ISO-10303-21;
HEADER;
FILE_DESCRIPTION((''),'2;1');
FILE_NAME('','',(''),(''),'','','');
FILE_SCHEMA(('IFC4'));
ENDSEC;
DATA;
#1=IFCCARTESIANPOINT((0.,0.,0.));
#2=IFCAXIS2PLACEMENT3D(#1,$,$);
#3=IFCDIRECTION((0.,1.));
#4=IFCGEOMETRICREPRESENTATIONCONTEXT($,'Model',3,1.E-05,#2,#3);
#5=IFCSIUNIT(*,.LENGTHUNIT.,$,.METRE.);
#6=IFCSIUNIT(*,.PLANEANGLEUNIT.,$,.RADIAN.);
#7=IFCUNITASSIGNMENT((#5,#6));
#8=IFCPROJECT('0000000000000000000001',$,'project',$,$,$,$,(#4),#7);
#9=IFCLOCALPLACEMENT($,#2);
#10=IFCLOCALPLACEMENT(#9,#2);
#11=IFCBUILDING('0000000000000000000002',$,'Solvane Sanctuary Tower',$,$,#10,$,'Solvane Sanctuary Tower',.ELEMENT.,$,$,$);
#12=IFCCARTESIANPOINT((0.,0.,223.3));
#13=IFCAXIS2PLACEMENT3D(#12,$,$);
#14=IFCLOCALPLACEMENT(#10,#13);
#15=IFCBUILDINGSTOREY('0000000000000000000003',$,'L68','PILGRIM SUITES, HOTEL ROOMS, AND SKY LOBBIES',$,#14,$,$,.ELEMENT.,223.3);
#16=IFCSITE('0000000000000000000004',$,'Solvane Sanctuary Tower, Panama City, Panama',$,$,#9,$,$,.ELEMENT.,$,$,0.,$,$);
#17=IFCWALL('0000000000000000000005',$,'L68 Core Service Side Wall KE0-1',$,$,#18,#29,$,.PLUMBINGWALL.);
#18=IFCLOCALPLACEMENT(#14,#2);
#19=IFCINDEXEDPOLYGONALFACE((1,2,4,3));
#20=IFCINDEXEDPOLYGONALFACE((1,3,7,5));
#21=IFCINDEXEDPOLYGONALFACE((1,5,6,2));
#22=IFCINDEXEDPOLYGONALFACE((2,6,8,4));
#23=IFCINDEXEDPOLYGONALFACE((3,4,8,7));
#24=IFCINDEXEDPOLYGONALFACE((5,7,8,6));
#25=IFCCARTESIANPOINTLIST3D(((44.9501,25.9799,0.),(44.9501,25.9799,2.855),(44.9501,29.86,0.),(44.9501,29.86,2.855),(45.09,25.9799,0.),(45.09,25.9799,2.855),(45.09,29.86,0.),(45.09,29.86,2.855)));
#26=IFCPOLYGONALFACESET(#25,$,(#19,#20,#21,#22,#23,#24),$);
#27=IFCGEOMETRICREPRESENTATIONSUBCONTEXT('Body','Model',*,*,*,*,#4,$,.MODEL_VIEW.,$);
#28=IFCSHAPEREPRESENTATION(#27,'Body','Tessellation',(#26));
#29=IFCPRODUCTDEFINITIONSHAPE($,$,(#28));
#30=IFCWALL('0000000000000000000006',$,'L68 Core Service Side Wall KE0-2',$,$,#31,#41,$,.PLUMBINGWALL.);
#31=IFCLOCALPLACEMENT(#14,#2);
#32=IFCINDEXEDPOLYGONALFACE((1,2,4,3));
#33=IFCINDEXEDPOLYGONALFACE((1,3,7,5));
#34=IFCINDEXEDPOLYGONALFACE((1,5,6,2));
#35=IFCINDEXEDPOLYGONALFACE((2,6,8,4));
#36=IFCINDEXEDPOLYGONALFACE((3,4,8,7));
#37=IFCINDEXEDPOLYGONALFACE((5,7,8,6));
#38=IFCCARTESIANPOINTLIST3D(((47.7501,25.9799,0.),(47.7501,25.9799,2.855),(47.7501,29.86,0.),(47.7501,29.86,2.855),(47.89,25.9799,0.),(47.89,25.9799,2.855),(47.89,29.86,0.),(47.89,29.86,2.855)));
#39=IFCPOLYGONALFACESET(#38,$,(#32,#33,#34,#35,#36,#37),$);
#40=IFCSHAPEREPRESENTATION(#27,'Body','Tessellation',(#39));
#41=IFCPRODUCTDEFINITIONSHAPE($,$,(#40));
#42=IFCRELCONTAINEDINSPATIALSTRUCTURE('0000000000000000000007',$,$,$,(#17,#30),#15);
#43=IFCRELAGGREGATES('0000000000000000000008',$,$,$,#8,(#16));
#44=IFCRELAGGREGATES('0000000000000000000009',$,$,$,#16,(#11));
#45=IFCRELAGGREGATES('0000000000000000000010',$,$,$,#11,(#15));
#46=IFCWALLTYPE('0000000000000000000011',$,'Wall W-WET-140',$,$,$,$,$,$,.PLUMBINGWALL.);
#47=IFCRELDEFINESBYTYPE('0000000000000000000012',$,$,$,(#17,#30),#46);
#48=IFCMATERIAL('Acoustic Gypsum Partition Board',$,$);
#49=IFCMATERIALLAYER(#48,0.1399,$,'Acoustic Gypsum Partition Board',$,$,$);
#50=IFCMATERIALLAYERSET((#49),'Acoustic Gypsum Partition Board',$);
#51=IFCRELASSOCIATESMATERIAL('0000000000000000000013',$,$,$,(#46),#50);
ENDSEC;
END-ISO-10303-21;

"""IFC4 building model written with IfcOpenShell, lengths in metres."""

from ifc_helpers import new_model, si_unit, direction, frame, frame_2d, origin, place, context, subcontext, project, spatial, rectangle, extrude, material, layer, layer_set, type_object, element, save


model = new_model("IFC4")

# Units and contexts
model_context = context("Model", 3, precision=1e-05, world=origin(), true_north=direction((0.0, 1.0)))
body_context = subcontext(model_context, "Body", "Model", "MODEL_VIEW")
ifc_project = project(units=[si_unit("LENGTHUNIT", "METRE"), si_unit("PLANEANGLEUNIT", "RADIAN")], contexts=[model_context])

# Site, building, storey
site_placement = place(None, origin())
site = spatial("IfcSite", under=ifc_project, at=site_placement, Name="Solvane Sanctuary Tower, Panama City, Panama", CompositionType="ELEMENT", RefElevation=0.0)
building_placement = place(site_placement, origin())
building = spatial("IfcBuilding", under=site, at=building_placement, Name="Solvane Sanctuary Tower", LongName="Solvane Sanctuary Tower", CompositionType="ELEMENT")
storey_placement = place(building_placement, frame((0.0, 0.0, 223.3)))
storey = spatial("IfcBuildingStorey", under=building, at=storey_placement, Name="L68", Description="PILGRIM SUITES, HOTEL ROOMS, AND SKY LOBBIES", CompositionType="ELEMENT", Elevation=223.3)

# Shared definitions
ifc_material_1 = material(Name="Acoustic Gypsum Partition Board")

# Shared definitions
ifc_layer_1 = layer(ifc_material_1, 0.1399, Name="Acoustic Gypsum Partition Board")
ifc_layer_set_1 = layer_set([ifc_layer_1], Name="Acoustic Gypsum Partition Board")
wall_type_1 = type_object("IfcWallType", Name="Wall W-WET-140", PredefinedType="PLUMBINGWALL", material=ifc_layer_set_1)

# Walls
for number, where, z_axis, x_axis, name in (
    (1, (45.02, 25.98, 0.0), (0.0, 0.0, 1.0), (0.0, 1.0, 0.0), "L68 Core Service Side Wall KE0-1"),
    (2, (47.8201, 25.98, 0.0), (0.0, 0.0, 1.0), (0.0, 1.0, 0.0), "L68 Core Service Side Wall KE0-2"),
):
    element("IfcWall", number, at=place(storey_placement, frame(where, z_axis=z_axis, x_axis=x_axis)), inside=storey, type_object=wall_type_1, Name=name, PredefinedType="PLUMBINGWALL", context=body_context, shape_type="SweptSolid", body=[
        extrude(rectangle(XDim=3.8801, YDim=0.1399, at=frame_2d((1.9399, 0.0))), origin(), (0.0, 0.0, 1.0), 2.855),
    ])

save(model, "model.ifc")
